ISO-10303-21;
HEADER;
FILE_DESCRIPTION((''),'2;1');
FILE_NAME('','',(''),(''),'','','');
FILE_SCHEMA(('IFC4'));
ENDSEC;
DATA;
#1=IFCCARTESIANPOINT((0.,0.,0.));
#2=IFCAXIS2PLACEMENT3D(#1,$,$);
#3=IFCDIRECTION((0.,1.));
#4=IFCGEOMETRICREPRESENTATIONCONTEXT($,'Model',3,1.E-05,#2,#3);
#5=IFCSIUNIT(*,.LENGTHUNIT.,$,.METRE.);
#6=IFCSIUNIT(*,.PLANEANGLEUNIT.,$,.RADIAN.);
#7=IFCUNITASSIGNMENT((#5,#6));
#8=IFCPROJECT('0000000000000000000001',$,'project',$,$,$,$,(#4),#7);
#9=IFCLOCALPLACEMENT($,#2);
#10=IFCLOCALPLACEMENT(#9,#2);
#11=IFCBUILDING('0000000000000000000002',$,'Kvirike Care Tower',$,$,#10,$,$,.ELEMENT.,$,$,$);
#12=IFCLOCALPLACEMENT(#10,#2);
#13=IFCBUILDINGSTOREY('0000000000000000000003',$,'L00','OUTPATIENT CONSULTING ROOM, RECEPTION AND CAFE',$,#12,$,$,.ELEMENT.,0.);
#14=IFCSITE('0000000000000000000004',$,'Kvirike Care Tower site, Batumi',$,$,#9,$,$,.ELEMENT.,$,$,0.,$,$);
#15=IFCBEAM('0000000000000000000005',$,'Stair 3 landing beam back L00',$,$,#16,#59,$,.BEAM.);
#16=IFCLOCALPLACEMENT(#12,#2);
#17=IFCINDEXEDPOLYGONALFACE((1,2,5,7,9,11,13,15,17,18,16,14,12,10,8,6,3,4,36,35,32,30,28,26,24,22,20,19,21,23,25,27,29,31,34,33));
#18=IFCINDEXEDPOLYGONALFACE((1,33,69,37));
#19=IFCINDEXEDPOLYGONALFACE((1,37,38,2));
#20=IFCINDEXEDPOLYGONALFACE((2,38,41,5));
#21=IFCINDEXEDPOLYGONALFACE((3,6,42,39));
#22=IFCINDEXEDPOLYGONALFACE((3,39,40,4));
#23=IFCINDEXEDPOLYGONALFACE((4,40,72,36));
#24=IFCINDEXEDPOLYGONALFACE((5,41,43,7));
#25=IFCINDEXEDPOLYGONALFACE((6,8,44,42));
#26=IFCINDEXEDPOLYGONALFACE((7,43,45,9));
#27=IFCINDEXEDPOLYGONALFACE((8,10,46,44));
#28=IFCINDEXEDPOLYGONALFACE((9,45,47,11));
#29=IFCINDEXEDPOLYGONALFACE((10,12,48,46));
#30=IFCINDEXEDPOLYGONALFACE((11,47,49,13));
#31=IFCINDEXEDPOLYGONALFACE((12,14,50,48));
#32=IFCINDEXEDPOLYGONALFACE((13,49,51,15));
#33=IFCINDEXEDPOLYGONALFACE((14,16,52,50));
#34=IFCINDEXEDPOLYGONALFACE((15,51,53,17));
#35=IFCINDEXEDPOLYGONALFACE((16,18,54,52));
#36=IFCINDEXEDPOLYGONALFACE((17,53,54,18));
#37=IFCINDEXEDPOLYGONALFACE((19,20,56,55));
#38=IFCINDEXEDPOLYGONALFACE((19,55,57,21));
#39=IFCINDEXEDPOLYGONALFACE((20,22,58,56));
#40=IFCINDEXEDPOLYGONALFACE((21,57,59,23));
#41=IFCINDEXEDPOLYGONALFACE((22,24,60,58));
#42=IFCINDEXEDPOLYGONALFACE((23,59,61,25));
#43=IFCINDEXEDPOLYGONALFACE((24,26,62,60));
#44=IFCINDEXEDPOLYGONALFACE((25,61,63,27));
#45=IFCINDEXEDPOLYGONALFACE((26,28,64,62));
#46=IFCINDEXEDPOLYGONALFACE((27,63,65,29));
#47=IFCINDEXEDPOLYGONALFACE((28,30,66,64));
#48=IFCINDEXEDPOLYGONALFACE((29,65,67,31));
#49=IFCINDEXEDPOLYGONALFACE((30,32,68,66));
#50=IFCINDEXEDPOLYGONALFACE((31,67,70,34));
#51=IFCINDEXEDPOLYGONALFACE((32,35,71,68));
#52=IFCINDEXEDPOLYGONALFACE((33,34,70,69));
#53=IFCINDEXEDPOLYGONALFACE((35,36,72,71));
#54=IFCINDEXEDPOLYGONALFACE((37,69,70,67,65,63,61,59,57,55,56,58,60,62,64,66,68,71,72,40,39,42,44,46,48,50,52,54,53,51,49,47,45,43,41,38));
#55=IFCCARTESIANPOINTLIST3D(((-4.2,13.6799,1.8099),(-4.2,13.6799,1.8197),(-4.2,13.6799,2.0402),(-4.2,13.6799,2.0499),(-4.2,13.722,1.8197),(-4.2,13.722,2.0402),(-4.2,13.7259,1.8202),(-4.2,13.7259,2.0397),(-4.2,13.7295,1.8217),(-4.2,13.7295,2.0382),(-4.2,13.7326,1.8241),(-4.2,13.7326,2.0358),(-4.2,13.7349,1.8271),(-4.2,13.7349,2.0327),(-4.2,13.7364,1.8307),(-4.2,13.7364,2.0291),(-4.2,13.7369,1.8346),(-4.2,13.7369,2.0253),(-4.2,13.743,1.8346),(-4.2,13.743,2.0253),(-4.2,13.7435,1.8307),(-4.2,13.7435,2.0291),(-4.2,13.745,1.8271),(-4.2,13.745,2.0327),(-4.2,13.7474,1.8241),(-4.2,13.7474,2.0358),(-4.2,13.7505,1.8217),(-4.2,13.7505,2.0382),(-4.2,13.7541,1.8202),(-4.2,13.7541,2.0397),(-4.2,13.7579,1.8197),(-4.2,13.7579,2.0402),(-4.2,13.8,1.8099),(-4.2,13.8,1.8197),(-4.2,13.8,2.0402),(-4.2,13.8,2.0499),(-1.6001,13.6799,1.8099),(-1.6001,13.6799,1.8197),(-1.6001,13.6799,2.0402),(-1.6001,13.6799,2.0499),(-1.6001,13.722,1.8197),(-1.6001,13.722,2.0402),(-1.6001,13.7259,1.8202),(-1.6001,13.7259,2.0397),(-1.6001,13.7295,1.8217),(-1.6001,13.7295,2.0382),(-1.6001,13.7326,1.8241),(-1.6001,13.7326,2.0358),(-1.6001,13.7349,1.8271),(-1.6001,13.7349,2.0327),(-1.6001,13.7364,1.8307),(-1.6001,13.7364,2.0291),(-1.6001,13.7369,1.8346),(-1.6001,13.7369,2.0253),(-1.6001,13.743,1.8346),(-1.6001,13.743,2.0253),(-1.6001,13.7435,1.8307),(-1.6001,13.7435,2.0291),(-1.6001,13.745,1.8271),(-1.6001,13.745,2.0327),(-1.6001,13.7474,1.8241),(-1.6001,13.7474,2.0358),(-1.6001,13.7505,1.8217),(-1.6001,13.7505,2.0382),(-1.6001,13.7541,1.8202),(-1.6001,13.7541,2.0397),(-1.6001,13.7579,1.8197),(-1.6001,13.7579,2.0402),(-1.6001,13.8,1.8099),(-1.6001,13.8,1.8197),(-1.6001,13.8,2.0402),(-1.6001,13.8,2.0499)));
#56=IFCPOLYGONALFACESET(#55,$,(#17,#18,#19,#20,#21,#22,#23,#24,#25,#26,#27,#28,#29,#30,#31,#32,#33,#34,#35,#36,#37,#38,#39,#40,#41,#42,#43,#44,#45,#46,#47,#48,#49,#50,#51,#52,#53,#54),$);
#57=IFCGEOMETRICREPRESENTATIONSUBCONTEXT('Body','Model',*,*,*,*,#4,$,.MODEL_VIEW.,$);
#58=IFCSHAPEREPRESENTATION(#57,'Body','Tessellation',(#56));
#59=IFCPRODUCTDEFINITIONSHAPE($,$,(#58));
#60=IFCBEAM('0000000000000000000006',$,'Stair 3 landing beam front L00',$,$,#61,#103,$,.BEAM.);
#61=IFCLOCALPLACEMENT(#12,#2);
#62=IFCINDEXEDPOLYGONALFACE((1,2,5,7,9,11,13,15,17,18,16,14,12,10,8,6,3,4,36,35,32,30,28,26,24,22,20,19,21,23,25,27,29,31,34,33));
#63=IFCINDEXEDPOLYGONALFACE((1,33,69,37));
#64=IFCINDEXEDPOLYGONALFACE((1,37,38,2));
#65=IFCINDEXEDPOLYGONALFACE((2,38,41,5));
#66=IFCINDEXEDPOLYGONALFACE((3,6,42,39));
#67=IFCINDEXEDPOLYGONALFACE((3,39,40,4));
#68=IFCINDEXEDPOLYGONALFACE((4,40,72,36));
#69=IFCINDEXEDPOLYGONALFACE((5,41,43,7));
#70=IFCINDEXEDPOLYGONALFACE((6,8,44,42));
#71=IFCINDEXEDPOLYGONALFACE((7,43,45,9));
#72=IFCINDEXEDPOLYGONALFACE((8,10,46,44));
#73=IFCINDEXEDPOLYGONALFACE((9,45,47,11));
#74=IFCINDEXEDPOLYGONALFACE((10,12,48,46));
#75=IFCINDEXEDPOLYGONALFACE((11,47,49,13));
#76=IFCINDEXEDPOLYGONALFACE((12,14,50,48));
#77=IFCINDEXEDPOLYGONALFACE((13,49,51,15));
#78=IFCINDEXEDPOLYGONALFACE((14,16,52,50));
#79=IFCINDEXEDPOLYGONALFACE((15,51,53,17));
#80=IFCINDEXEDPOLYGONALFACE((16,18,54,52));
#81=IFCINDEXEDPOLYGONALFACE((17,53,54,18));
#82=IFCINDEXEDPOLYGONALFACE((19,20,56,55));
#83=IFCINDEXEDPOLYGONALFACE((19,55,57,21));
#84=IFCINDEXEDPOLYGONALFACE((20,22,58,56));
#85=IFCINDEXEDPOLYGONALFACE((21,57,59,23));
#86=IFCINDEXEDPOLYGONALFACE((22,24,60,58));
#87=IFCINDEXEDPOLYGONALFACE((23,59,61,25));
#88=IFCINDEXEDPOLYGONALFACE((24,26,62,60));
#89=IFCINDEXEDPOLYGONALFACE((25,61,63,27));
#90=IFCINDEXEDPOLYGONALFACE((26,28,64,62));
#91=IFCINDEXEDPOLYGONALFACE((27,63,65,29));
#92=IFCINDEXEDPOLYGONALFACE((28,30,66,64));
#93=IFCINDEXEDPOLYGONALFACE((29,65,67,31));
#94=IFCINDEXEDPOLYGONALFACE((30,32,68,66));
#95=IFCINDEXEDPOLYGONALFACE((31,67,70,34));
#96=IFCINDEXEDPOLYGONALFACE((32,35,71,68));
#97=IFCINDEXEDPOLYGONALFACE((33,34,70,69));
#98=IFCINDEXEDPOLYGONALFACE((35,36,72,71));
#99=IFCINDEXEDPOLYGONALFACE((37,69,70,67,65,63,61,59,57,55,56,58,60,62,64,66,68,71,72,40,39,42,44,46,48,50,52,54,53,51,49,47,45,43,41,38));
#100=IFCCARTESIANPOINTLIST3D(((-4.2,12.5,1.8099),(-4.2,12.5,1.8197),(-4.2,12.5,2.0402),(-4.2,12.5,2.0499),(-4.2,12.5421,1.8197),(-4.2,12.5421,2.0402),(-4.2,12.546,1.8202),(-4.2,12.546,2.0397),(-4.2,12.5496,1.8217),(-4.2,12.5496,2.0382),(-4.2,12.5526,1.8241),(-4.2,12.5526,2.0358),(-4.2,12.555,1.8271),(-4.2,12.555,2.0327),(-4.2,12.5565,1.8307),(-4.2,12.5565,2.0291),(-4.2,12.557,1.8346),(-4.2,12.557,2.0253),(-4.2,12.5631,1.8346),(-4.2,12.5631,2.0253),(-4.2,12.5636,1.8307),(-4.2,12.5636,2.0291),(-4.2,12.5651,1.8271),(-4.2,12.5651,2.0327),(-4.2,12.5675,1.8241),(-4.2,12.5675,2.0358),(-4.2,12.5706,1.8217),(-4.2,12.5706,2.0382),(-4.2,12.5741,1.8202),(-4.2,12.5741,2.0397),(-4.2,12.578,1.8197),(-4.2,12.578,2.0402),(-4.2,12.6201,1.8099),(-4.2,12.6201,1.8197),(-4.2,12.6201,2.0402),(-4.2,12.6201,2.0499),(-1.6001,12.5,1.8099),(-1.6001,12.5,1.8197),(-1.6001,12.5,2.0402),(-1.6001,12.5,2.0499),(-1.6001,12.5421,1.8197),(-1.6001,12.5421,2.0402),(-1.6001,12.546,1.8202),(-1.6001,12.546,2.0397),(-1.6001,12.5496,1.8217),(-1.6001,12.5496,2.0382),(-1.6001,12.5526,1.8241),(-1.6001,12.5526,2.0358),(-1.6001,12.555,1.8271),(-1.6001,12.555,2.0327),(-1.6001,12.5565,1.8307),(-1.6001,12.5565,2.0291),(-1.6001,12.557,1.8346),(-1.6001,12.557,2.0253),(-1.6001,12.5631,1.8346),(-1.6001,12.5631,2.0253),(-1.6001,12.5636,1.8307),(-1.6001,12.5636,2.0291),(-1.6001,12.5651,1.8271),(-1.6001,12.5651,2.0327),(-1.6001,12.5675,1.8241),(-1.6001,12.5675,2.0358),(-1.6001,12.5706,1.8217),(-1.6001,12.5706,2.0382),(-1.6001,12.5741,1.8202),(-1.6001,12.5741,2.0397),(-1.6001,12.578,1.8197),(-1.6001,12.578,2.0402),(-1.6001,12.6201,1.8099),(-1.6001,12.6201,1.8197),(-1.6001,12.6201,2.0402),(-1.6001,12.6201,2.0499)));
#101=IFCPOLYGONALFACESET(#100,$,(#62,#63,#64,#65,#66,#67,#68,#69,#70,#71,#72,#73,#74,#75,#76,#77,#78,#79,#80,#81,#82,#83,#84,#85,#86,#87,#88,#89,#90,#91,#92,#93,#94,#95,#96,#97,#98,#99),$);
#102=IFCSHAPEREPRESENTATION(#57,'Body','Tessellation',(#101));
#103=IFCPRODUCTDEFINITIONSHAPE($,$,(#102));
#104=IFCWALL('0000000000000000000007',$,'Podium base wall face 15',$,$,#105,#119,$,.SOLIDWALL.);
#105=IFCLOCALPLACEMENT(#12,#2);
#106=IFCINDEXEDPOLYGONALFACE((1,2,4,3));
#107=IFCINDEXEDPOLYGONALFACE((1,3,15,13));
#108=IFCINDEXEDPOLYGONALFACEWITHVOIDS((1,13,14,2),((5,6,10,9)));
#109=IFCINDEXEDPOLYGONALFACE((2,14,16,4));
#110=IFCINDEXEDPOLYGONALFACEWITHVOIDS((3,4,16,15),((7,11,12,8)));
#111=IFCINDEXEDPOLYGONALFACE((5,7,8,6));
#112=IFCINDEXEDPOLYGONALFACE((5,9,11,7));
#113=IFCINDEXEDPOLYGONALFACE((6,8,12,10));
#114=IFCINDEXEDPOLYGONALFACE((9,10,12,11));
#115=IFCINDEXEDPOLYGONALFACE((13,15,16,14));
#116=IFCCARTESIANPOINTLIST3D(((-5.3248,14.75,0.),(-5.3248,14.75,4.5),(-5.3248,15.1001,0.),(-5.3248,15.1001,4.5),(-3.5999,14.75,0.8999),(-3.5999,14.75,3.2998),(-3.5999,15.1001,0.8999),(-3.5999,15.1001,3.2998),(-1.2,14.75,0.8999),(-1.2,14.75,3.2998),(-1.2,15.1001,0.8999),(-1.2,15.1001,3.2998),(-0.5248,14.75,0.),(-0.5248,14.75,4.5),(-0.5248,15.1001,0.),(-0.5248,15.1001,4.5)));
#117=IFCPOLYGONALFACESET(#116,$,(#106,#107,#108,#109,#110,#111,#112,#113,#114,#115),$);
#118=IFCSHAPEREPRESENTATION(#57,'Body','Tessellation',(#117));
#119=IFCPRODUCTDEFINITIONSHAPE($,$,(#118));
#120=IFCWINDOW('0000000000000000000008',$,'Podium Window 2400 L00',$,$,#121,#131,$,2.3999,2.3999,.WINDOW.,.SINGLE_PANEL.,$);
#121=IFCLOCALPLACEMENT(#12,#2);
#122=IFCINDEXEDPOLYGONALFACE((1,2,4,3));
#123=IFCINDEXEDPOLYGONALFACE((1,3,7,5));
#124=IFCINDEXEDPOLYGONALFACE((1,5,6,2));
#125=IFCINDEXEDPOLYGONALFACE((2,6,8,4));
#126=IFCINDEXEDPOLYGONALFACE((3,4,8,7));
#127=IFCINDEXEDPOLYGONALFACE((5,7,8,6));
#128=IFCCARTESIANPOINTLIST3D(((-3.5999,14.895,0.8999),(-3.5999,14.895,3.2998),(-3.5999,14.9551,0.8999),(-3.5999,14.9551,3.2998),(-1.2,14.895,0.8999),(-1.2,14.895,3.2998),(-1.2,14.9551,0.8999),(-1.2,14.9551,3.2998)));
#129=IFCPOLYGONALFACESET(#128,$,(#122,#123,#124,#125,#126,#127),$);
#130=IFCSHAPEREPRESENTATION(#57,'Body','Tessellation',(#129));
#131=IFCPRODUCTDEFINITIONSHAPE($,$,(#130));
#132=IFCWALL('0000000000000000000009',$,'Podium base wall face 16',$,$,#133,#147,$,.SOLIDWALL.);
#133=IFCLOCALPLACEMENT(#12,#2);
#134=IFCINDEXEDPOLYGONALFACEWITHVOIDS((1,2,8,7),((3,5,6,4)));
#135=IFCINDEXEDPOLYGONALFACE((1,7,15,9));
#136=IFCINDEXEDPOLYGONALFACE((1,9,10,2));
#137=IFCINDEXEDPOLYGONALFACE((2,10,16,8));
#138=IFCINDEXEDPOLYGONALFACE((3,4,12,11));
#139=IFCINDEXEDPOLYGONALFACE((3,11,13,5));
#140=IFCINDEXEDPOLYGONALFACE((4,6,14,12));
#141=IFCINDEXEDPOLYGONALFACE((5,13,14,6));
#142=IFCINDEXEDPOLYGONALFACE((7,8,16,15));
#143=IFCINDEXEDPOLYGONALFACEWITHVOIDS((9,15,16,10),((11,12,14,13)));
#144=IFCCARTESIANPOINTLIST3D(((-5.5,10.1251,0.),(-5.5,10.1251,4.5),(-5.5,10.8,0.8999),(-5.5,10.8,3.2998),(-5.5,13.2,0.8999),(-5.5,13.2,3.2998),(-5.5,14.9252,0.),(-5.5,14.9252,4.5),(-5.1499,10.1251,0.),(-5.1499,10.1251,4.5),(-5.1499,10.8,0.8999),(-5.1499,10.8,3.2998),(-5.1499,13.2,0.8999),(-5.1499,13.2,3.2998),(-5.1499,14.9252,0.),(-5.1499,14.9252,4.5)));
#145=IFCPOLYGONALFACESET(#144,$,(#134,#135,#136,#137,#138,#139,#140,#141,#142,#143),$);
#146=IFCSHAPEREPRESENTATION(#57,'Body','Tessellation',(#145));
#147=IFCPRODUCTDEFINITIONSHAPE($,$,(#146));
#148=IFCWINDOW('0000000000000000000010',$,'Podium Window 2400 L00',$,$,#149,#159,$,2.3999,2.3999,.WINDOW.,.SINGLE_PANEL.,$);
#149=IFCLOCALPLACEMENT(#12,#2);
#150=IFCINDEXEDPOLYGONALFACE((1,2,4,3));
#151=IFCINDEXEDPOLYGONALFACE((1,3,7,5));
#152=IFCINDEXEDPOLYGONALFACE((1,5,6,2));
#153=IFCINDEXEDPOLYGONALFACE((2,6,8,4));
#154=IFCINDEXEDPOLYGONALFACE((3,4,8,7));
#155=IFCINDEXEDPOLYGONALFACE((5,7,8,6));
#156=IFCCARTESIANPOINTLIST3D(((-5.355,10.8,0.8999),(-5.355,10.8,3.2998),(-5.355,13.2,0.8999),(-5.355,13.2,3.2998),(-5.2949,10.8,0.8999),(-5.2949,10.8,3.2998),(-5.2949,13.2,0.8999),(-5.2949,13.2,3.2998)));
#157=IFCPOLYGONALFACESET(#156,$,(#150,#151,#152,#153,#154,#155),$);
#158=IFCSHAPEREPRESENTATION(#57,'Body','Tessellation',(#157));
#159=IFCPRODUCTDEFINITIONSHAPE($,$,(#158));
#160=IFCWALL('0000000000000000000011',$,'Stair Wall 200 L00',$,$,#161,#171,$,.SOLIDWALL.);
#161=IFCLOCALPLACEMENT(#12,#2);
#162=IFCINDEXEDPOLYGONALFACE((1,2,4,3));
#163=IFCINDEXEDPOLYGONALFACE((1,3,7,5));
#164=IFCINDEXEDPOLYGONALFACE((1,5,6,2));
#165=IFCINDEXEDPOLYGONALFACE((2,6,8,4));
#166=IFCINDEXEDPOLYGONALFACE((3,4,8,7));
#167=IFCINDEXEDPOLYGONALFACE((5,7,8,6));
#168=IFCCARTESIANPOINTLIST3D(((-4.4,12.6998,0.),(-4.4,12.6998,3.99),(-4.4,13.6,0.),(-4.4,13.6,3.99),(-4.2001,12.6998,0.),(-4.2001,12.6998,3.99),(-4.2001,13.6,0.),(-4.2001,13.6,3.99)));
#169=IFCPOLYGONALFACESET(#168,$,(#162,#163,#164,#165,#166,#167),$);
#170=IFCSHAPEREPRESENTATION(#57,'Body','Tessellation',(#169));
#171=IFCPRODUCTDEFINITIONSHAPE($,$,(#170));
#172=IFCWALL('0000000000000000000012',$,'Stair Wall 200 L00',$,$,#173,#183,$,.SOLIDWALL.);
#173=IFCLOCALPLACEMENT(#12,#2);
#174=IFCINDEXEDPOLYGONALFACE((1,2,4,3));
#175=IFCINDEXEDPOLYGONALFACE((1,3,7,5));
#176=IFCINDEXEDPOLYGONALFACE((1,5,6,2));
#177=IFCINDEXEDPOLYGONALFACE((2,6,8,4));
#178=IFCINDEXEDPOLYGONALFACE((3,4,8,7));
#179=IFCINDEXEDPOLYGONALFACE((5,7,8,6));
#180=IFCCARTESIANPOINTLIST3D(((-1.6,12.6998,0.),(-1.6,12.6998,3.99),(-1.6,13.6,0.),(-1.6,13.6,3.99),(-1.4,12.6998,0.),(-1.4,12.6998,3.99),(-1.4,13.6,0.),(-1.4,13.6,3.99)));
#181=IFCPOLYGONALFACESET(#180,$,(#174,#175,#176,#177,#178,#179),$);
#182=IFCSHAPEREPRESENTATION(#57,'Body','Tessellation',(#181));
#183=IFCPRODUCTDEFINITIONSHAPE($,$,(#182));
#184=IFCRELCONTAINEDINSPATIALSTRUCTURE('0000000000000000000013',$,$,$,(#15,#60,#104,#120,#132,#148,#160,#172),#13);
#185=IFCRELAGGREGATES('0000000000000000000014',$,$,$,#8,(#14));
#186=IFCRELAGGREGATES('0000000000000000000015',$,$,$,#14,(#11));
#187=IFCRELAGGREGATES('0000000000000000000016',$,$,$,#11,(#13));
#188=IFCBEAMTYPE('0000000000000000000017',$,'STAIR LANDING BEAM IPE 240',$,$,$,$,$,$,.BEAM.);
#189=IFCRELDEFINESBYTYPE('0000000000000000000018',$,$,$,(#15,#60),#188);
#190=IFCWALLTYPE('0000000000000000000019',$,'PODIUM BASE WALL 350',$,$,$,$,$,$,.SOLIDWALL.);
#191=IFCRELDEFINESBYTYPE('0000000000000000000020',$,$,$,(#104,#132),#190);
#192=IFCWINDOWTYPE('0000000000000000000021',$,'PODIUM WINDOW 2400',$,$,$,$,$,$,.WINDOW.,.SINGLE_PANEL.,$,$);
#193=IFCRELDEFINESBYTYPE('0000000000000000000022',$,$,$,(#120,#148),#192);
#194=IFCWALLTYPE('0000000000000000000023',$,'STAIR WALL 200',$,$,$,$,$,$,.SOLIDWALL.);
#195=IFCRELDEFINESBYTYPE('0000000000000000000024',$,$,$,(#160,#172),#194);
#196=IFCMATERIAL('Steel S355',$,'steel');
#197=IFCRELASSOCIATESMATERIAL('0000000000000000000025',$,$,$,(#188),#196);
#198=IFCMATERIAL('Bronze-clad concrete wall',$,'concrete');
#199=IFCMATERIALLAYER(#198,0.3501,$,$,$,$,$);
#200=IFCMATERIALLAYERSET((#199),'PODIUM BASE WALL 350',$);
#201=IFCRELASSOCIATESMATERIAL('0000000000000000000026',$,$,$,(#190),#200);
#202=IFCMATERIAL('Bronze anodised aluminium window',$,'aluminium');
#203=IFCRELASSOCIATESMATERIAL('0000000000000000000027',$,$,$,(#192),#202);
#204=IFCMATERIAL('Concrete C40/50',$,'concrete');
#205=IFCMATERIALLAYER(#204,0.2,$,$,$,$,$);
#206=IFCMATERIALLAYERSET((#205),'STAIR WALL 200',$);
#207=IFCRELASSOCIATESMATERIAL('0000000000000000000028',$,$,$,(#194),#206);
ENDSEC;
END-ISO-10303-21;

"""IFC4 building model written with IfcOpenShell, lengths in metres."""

from ifc_helpers import new_model, si_unit, direction, frame, frame_2d, origin, origin_2d, place, context, subcontext, project, spatial, rectangle, i_section, extrude, material, layer, layer_set, material_profile, profile_set, type_object, element, fill, save


model = new_model("IFC4")

# Units and contexts
model_context = context("Model", 3, precision=1e-05, world=origin(), true_north=direction((0.0, 1.0)))
body_context = subcontext(model_context, "Body", "Model", "MODEL_VIEW")
ifc_project = project(units=[si_unit("LENGTHUNIT", "METRE"), si_unit("PLANEANGLEUNIT", "RADIAN")], contexts=[model_context])

# Site, building, storey
site_placement = place(None, origin())
site = spatial("IfcSite", under=ifc_project, at=site_placement, Name="Kvirike Care Tower site, Batumi", CompositionType="ELEMENT", RefElevation=0.0)
building_placement = place(site_placement, origin())
building = spatial("IfcBuilding", under=site, at=building_placement, Name="Kvirike Care Tower", CompositionType="ELEMENT")
storey_placement = place(building_placement, origin())
storey = spatial("IfcBuildingStorey", under=building, at=storey_placement, Name="L00", Description="OUTPATIENT CONSULTING ROOM, RECEPTION AND CAFE", CompositionType="ELEMENT", Elevation=0.0)

# Beams
ifc_material_1 = material(Name="Steel S355", Category="steel")
ifc_material_profile_1 = material_profile(ifc_material_1, i_section(OverallWidth=0.1201, OverallDepth=0.24, WebThickness=0.0061, FlangeThickness=0.0098, FilletRadius=0.0149, at=origin_2d()), Name="IPE 240")
ifc_profile_set_1 = profile_set([ifc_material_profile_1], Name="Steel S355")
beam_type = type_object("IfcBeamType", Name="STAIR LANDING BEAM IPE 240", PredefinedType="BEAM", material=ifc_profile_set_1)
for number, where, z_axis, x_axis, name in (
    (1, (-4.2, 13.74, 1.9299), (1.0, 0.0, 0.0), (0.0, 1.0, 0.0), "Stair 3 landing beam back L00"),
    (2, (-4.2, 12.5601, 1.9299), (1.0, 0.0, 0.0), (0.0, 1.0, 0.0), "Stair 3 landing beam front L00"),
):
    element("IfcBeam", number, at=place(storey_placement, frame(where, z_axis=z_axis, x_axis=x_axis)), inside=storey, type_object=beam_type, Name=name, PredefinedType="BEAM", context=body_context, shape_type="SweptSolid", body=[
        extrude(i_section(OverallWidth=0.1201, OverallDepth=0.24, WebThickness=0.0061, FlangeThickness=0.0098, FilletRadius=0.0149, at=origin_2d()), origin(), (0.0, 0.0, 1.0), 2.5999),
    ])

# Walls, openings, windows
ifc_material_2 = material(Name="Bronze-clad concrete wall", Category="concrete")
ifc_layer_1 = layer(ifc_material_2, 0.3501)
ifc_layer_set_1 = layer_set([ifc_layer_1], Name="PODIUM BASE WALL 350")
wall_type_1 = type_object("IfcWallType", Name="PODIUM BASE WALL 350", PredefinedType="SOLIDWALL", material=ifc_layer_set_1)
wall_1_placement = place(storey_placement, frame((-0.5249, 14.925, 0.0), z_axis=(0.0, 0.0, 1.0), x_axis=(-1.0, 0.0, 0.0)))
wall_1 = element("IfcWall", 3, at=wall_1_placement, inside=storey, type_object=wall_type_1, Name="Podium base wall face 15", PredefinedType="SOLIDWALL", context=body_context, shape_type="SweptSolid", body=[
    extrude(rectangle(XDim=4.8, YDim=0.3501, at=frame_2d((2.3999, 0.0))), origin(), (0.0, 0.0, 1.0), 4.5),
])
opening_1_placement = place(wall_1_placement, frame((0.675, 0.0, 0.8999)))
opening_1 = element("IfcOpeningElement", 4, at=opening_1_placement, cuts=wall_1, PredefinedType="OPENING", context=body_context, shape_type="SweptSolid", body=[
    extrude(rectangle(XDim=2.3999, YDim=2.3999, at=frame_2d((1.2, 1.2))), frame((0.0, 0.1855, 0.0), z_axis=(0.0, -1.0, 0.0), x_axis=(1.0, 0.0, 0.0)), (0.0, 0.0, 1.0), 0.3711),
])
ifc_material_3 = material(Name="Bronze anodised aluminium window", Category="aluminium")
window_type = type_object("IfcWindowType", Name="PODIUM WINDOW 2400", PartitioningType="SINGLE_PANEL", PredefinedType="WINDOW", material=ifc_material_3)
window_1_placement = place(opening_1_placement, origin())
window_1 = element("IfcWindow", 5, at=window_1_placement, inside=storey, type_object=window_type, Name="Podium Window 2400 L00", OverallHeight=2.3999, OverallWidth=2.3999, PartitioningType="SINGLE_PANEL", PredefinedType="WINDOW", context=body_context, shape_type="SweptSolid", body=[
    extrude(rectangle(XDim=2.3999, YDim=2.3999, at=frame_2d((1.2, 1.2))), frame((0.0, 0.03, 0.0), z_axis=(0.0, -1.0, 0.0), x_axis=(1.0, 0.0, 0.0)), (0.0, 0.0, 1.0), 0.0601),
])
fill(opening_1, window_1)
wall_2_placement = place(storey_placement, frame((-5.325, 14.925, 0.0), z_axis=(0.0, 0.0, 1.0), x_axis=(0.0, -1.0, 0.0)))
wall_2 = element("IfcWall", 6, at=wall_2_placement, inside=storey, type_object=wall_type_1, Name="Podium base wall face 16", PredefinedType="SOLIDWALL", context=body_context, shape_type="SweptSolid", body=[
    extrude(rectangle(XDim=4.8, YDim=0.3501, at=frame_2d((2.3999, 0.0))), origin(), (0.0, 0.0, 1.0), 4.5),
])
opening_2_placement = place(wall_2_placement, frame((1.7251, 0.0, 0.8999)))
opening_2 = element("IfcOpeningElement", 7, at=opening_2_placement, cuts=wall_2, PredefinedType="OPENING", context=body_context, shape_type="SweptSolid", body=[
    extrude(rectangle(XDim=2.3999, YDim=2.3999, at=frame_2d((1.2, 1.2))), frame((0.0, 0.1855, 0.0), z_axis=(0.0, -1.0, 0.0), x_axis=(1.0, 0.0, 0.0)), (0.0, 0.0, 1.0), 0.3711),
])
window_2_placement = place(opening_2_placement, origin())
window_2 = element("IfcWindow", 8, at=window_2_placement, inside=storey, type_object=window_type, Name="Podium Window 2400 L00", OverallHeight=2.3999, OverallWidth=2.3999, PartitioningType="SINGLE_PANEL", PredefinedType="WINDOW", context=body_context, shape_type="SweptSolid", body=[
    extrude(rectangle(XDim=2.3999, YDim=2.3999, at=frame_2d((1.2, 1.2))), frame((0.0, 0.03, 0.0), z_axis=(0.0, -1.0, 0.0), x_axis=(1.0, 0.0, 0.0)), (0.0, 0.0, 1.0), 0.0601),
])
fill(opening_2, window_2)

# Walls
ifc_material_4 = material(Name="Concrete C40/50", Category="concrete")
ifc_layer_2 = layer(ifc_material_4, 0.2)
ifc_layer_set_2 = layer_set([ifc_layer_2], Name="STAIR WALL 200")
wall_type_2 = type_object("IfcWallType", Name="STAIR WALL 200", PredefinedType="SOLIDWALL", material=ifc_layer_set_2)
for number, where, z_axis, x_axis, name in (
    (9, (-4.3, 13.6001, 0.0), (0.0, 0.0, 1.0), (0.0, -1.0, 0.0), "Stair Wall 200 L00"),
    (10, (-1.5, 13.6001, 0.0), (0.0, 0.0, 1.0), (0.0, -1.0, 0.0), "Stair Wall 200 L00"),
):
    element("IfcWall", number, at=place(storey_placement, frame(where, z_axis=z_axis, x_axis=x_axis)), inside=storey, type_object=wall_type_2, Name=name, PredefinedType="SOLIDWALL", context=body_context, shape_type="SweptSolid", body=[
        extrude(rectangle(XDim=0.9001, YDim=0.2, at=frame_2d((0.4502, 0.0))), origin(), (0.0, 0.0, 1.0), 3.99),
    ])

save(model, "model.ifc")
